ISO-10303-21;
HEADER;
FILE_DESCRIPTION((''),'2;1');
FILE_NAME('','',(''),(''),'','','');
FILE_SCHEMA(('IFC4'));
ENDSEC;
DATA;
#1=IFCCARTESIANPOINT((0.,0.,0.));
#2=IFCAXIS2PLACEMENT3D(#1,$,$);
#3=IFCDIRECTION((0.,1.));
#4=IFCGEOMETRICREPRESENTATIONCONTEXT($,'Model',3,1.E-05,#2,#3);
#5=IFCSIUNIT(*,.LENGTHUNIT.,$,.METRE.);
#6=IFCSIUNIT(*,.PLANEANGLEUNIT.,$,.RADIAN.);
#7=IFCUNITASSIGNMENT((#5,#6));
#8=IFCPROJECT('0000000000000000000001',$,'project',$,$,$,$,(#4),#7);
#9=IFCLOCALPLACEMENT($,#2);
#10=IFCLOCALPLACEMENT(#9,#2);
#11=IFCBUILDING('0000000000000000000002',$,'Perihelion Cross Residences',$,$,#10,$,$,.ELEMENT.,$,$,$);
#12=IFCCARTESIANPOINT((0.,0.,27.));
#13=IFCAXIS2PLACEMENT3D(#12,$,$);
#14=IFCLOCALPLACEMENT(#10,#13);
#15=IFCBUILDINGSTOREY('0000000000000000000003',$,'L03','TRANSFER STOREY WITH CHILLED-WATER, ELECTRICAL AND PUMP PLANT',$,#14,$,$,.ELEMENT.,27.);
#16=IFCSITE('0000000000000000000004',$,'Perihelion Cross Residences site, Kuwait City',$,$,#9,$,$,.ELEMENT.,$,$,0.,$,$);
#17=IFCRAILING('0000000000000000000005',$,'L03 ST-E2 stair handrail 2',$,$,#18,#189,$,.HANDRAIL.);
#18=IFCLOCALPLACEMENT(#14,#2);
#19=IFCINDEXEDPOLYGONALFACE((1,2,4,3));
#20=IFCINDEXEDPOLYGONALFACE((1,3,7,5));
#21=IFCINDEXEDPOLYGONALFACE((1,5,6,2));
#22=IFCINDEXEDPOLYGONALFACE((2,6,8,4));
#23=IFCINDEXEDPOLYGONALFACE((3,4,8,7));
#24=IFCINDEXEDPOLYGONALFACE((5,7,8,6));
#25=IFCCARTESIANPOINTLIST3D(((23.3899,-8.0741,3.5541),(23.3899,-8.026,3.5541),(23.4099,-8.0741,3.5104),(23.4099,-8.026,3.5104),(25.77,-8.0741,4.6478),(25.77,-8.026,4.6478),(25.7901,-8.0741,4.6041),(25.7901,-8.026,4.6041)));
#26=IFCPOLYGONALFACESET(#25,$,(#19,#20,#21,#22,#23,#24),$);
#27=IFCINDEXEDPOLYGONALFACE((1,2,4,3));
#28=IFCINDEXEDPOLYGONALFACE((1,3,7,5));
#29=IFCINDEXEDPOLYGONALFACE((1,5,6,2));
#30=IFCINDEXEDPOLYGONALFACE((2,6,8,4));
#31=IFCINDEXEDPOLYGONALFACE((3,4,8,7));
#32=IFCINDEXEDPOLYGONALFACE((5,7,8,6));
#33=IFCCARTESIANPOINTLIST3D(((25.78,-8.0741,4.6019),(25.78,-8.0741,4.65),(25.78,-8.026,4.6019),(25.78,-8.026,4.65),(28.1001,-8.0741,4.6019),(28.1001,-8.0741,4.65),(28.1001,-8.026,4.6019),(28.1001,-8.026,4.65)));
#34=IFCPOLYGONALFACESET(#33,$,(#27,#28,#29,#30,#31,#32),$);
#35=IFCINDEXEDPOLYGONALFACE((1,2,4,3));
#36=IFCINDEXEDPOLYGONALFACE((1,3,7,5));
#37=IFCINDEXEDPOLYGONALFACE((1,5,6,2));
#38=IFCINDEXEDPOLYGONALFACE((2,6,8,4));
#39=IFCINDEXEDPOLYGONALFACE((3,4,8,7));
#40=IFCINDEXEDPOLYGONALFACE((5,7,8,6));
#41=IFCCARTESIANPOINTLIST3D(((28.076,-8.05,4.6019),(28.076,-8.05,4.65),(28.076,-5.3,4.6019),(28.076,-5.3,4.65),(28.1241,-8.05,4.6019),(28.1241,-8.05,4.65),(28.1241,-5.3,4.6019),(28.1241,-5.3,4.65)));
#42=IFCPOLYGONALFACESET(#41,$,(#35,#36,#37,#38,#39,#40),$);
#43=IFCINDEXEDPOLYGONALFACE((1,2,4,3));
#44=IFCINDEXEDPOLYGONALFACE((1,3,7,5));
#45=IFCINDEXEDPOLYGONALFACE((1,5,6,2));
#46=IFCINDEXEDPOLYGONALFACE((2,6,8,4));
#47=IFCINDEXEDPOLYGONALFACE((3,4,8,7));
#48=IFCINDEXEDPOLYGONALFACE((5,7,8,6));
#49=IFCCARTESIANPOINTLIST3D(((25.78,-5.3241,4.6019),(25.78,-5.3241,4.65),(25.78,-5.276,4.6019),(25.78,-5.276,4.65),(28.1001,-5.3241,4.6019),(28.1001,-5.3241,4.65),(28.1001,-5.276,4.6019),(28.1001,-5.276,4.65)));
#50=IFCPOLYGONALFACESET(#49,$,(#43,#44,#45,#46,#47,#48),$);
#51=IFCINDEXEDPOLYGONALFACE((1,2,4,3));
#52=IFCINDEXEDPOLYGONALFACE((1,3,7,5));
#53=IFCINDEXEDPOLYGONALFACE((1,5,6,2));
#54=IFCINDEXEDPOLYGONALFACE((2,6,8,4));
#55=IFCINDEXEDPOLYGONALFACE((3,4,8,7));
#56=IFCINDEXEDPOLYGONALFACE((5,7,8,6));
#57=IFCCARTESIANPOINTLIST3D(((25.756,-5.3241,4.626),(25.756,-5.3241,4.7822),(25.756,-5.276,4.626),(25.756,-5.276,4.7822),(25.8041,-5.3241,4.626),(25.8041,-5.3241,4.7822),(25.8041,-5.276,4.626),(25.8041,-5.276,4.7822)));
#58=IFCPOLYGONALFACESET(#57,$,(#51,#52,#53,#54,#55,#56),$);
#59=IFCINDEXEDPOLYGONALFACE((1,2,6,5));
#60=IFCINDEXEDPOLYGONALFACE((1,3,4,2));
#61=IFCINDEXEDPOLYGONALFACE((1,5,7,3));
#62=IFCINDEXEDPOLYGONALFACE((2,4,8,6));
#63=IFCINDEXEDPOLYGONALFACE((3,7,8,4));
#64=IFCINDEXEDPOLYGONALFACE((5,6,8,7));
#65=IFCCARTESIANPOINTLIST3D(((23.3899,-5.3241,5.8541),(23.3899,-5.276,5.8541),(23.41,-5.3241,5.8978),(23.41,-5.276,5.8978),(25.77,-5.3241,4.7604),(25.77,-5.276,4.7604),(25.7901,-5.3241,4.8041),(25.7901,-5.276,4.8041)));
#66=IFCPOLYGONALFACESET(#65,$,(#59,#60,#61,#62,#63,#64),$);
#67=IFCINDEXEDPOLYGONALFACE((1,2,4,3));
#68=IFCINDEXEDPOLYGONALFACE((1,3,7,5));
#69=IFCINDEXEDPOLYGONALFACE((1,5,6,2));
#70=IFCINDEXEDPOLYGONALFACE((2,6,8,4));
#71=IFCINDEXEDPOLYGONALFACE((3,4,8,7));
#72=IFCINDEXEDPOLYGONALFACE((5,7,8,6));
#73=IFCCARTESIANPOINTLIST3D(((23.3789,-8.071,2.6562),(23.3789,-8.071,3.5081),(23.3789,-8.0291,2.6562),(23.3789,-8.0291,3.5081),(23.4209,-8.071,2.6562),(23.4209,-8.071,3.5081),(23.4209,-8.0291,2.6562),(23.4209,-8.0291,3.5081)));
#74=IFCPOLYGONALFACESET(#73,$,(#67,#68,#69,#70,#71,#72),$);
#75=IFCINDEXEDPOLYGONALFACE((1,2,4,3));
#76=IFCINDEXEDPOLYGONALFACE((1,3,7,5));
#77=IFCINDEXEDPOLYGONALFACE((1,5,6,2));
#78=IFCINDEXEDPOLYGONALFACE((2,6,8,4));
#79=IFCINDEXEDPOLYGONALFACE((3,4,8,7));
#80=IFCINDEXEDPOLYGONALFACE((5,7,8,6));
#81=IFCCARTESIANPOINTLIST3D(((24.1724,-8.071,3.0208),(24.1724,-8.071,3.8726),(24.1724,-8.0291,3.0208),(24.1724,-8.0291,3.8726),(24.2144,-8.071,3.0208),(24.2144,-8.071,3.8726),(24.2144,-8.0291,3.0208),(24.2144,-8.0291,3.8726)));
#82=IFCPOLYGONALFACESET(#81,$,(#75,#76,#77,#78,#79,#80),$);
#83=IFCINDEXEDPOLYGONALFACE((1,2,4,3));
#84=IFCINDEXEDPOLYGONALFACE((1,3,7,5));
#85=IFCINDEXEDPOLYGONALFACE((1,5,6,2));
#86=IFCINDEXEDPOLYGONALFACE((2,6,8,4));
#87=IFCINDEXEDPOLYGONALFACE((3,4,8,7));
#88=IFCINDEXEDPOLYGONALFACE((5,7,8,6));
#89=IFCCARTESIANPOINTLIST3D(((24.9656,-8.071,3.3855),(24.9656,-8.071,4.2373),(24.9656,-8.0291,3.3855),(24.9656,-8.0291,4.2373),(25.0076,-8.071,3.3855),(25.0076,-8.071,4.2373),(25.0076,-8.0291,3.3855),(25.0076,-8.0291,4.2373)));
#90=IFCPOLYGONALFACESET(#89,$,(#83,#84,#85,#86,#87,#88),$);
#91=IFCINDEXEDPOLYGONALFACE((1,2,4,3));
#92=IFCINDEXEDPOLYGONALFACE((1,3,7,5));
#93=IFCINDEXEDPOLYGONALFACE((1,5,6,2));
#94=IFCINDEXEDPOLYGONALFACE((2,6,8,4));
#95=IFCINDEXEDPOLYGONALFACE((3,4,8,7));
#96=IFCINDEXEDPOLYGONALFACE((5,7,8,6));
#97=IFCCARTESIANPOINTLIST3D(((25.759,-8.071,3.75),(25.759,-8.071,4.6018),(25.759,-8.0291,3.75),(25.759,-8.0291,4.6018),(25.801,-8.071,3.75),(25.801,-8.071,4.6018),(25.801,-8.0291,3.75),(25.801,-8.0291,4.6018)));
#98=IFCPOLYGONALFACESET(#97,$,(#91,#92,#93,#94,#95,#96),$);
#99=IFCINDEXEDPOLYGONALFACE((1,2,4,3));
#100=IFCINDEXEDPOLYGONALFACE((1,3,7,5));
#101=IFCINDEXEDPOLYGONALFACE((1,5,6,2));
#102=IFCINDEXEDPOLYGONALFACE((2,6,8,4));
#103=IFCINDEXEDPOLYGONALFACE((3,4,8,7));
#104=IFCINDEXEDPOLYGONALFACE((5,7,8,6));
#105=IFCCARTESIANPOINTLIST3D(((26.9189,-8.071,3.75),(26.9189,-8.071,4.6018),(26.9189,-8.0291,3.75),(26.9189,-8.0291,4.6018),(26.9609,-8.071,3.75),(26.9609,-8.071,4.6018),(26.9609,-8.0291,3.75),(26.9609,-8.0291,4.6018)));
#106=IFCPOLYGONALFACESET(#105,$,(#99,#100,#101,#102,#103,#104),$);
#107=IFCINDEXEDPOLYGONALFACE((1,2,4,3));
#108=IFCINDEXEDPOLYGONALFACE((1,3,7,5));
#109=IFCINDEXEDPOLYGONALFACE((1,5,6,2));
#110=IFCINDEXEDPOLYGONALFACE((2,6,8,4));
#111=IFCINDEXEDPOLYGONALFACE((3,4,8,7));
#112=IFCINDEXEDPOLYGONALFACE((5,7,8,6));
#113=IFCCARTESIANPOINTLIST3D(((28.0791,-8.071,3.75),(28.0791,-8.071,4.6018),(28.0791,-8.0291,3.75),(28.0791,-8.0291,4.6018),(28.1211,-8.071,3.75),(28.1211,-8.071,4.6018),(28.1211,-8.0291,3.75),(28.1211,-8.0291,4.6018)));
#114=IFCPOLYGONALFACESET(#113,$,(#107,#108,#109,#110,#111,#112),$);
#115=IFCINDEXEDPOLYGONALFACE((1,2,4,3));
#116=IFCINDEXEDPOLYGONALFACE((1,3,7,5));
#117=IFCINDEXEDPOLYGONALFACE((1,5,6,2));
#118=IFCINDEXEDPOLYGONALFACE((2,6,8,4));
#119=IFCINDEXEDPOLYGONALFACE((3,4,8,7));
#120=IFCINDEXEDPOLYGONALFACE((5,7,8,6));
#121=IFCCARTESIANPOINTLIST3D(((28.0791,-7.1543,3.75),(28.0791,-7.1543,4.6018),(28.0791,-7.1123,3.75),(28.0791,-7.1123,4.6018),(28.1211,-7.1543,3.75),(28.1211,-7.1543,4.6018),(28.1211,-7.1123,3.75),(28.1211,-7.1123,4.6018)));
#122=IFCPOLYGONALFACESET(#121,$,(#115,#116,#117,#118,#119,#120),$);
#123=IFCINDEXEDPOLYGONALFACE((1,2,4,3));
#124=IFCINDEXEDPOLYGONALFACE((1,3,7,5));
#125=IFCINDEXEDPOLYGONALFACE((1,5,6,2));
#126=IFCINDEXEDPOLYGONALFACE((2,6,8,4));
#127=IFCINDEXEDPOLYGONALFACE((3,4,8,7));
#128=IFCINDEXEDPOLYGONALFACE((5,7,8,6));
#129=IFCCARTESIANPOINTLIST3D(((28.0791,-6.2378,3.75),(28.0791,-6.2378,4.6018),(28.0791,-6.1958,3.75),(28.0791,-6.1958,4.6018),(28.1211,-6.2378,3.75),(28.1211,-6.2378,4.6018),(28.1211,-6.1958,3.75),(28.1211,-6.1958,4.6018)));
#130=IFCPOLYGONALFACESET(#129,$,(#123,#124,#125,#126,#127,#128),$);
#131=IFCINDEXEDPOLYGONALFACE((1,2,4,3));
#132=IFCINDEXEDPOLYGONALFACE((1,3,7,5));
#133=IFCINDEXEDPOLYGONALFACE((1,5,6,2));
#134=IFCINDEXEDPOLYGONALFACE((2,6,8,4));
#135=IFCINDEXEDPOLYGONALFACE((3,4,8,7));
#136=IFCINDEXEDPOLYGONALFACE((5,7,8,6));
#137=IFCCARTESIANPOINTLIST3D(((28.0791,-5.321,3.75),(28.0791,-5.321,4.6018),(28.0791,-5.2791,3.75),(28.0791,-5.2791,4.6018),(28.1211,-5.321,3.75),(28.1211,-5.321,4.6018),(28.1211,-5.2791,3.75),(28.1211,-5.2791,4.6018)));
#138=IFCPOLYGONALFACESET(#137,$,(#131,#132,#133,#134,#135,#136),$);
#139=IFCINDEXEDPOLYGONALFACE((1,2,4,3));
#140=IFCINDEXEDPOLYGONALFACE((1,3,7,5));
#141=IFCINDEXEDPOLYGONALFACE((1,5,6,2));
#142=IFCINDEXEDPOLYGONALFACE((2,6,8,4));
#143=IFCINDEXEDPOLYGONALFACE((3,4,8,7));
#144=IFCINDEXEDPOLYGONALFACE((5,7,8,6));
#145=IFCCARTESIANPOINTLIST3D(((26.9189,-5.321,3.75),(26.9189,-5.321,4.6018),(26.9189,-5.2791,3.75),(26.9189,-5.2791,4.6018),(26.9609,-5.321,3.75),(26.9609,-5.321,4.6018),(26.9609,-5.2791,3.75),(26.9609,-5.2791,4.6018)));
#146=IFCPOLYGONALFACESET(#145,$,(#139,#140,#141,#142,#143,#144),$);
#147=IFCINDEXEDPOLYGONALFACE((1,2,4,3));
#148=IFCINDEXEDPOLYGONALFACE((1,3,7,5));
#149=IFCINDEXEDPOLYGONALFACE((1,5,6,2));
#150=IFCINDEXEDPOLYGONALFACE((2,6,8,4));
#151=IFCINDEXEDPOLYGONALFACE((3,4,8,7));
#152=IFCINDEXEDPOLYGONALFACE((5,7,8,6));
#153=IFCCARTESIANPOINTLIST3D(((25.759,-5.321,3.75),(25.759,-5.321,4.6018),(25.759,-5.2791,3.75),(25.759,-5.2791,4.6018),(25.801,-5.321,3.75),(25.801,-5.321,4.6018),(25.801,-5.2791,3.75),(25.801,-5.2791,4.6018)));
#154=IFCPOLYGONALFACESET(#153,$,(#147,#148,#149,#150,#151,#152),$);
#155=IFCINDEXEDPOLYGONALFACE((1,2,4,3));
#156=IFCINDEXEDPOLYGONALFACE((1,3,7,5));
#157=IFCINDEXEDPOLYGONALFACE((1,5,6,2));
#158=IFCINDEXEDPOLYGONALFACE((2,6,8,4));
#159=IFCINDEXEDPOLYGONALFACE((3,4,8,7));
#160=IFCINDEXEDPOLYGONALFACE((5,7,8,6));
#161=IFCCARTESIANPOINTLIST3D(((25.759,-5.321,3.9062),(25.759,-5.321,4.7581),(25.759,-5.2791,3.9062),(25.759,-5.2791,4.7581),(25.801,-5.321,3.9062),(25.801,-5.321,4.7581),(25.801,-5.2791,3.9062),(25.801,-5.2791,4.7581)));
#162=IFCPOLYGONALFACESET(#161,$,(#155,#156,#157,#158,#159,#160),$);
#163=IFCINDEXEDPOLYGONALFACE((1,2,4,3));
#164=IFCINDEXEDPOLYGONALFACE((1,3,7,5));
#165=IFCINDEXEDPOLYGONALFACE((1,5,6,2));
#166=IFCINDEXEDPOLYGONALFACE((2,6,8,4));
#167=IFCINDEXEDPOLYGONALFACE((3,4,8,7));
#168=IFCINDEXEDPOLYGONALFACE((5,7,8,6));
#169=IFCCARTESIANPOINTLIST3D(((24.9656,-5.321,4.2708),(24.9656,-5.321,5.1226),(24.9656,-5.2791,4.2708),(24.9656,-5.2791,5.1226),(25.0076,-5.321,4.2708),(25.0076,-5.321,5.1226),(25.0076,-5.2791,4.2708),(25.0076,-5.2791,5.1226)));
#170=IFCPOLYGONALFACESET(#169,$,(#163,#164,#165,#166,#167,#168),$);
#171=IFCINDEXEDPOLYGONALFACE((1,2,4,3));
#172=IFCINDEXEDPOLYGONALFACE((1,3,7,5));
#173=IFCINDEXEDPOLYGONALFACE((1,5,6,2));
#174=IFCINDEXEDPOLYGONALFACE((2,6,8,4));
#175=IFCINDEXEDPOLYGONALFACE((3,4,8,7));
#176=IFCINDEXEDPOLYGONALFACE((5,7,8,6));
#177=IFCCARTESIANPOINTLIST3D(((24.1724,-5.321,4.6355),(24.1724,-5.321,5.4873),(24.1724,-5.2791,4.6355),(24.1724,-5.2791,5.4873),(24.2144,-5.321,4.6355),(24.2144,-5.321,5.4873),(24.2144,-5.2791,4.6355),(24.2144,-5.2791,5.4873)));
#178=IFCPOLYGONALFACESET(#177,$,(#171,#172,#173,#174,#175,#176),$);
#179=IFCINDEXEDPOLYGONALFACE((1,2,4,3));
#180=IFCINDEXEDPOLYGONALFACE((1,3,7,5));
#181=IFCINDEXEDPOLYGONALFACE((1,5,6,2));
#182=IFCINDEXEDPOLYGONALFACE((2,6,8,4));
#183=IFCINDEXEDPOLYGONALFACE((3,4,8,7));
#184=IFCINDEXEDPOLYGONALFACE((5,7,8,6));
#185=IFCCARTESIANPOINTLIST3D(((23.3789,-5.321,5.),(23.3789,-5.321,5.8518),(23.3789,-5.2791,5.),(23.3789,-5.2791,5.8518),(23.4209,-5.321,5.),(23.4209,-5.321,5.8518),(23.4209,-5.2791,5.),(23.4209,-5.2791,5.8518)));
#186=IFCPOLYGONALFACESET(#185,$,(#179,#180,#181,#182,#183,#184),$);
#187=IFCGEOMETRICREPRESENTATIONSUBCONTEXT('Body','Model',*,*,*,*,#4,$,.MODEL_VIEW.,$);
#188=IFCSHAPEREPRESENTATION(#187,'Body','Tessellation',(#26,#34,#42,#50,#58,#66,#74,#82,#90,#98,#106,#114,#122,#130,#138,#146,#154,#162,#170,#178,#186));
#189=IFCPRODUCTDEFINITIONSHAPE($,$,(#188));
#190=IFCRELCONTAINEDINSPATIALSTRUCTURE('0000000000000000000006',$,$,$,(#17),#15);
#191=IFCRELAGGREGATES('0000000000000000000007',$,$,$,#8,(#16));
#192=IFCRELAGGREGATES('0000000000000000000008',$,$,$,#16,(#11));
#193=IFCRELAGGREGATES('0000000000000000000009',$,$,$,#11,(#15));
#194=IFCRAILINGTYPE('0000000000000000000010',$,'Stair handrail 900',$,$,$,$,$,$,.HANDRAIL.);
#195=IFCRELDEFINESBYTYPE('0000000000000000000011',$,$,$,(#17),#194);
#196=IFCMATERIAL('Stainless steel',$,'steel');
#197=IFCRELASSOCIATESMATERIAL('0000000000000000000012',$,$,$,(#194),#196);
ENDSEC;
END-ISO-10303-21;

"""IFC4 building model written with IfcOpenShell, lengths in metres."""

from ifc_helpers import new_model, si_unit, direction, frame, origin, origin_2d, place, context, subcontext, project, spatial, rectangle, extrude, material, type_object, element, save


model = new_model("IFC4")

# Units and contexts
model_context = context("Model", 3, precision=1e-05, world=origin(), true_north=direction((0.0, 1.0)))
body_context = subcontext(model_context, "Body", "Model", "MODEL_VIEW")
ifc_project = project(units=[si_unit("LENGTHUNIT", "METRE"), si_unit("PLANEANGLEUNIT", "RADIAN")], contexts=[model_context])

# Site, building, storey
site_placement = place(None, origin())
site = spatial("IfcSite", under=ifc_project, at=site_placement, Name="Perihelion Cross Residences site, Kuwait City", CompositionType="ELEMENT", RefElevation=0.0)
building_placement = place(site_placement, origin())
building = spatial("IfcBuilding", under=site, at=building_placement, Name="Perihelion Cross Residences", CompositionType="ELEMENT")
storey_placement = place(building_placement, frame((0.0, 0.0, 27.0)))
storey = spatial("IfcBuildingStorey", under=building, at=storey_placement, Name="L03", Description="TRANSFER STOREY WITH CHILLED-WATER, ELECTRICAL AND PUMP PLANT", CompositionType="ELEMENT", Elevation=27.0)

# Railing
ifc_material_1 = material(Name="Stainless steel", Category="steel")
railing_type_1 = type_object("IfcRailingType", Name="Stair handrail 900", PredefinedType="HANDRAIL", material=ifc_material_1)
railing_1_placement = place(storey_placement, frame((23.3999, -8.05, 2.6562)))
element("IfcRailing", 1, at=railing_1_placement, inside=storey, type_object=railing_type_1, Name="L03 ST-E2 stair handrail 2", PredefinedType="HANDRAIL", context=body_context, shape_type="SweptSolid", body=[
    extrude(rectangle(XDim=0.0481, YDim=0.0481, at=origin_2d()), frame((0.0, 0.0, 0.876), z_axis=(0.908651, 0.0, 0.417556), x_axis=(0.0, 1.0, 0.0)), (0.0, 0.0, 1.0), 2.6194),
    extrude(rectangle(XDim=0.0481, YDim=0.0481, at=origin_2d()), frame((2.3801, 0.0, 1.9697), z_axis=(1.0, 0.0, 0.0), x_axis=(0.0, 1.0, 0.0)), (0.0, 0.0, 1.0), 2.3201),
    extrude(rectangle(XDim=0.0481, YDim=0.0481, at=origin_2d()), frame((4.7002, 0.0, 1.9697), z_axis=(0.0, 1.0, 0.0), x_axis=(-1.0, 0.0, 0.0)), (0.0, 0.0, 1.0), 2.75),
    extrude(rectangle(XDim=0.0481, YDim=0.0481, at=origin_2d()), frame((4.7002, 2.75, 1.9697), z_axis=(-1.0, 0.0, 0.0), x_axis=(0.0, -1.0, 0.0)), (0.0, 0.0, 1.0), 2.3201),
    extrude(rectangle(XDim=0.0481, YDim=0.0481, at=origin_2d()), frame((2.3801, 2.75, 1.9697), z_axis=(0.0, 0.0, 1.0), x_axis=(1.0, 0.0, 0.0)), (0.0, 0.0, 1.0), 0.1562),
    extrude(rectangle(XDim=0.0481, YDim=0.0481, at=origin_2d()), frame((2.3801, 2.75, 2.126), z_axis=(-0.908651, 0.0, 0.417556), x_axis=(0.0, -1.0, 0.0)), (0.0, 0.0, 1.0), 2.6194),
    extrude(rectangle(XDim=0.042, YDim=0.042, at=origin_2d()), origin(), (0.0, 0.0, 1.0), 0.8518),
    extrude(rectangle(XDim=0.042, YDim=0.042, at=origin_2d()), frame((0.7935, 0.0, 0.3645)), (0.0, 0.0, 1.0), 0.8518),
    extrude(rectangle(XDim=0.042, YDim=0.042, at=origin_2d()), frame((1.5867, 0.0, 0.7292)), (0.0, 0.0, 1.0), 0.8518),
    extrude(rectangle(XDim=0.042, YDim=0.042, at=origin_2d()), frame((2.3801, 0.0, 1.0938)), (0.0, 0.0, 1.0), 0.8518),
    extrude(rectangle(XDim=0.042, YDim=0.042, at=origin_2d()), frame((3.54, 0.0, 1.0938)), (0.0, 0.0, 1.0), 0.8518),
    extrude(rectangle(XDim=0.042, YDim=0.042, at=origin_2d()), frame((4.7002, 0.0, 1.0938)), (0.0, 0.0, 1.0), 0.8518),
    extrude(rectangle(XDim=0.042, YDim=0.042, at=origin_2d()), frame((4.7002, 0.9167, 1.0938)), (0.0, 0.0, 1.0), 0.8518),
    extrude(rectangle(XDim=0.042, YDim=0.042, at=origin_2d()), frame((4.7002, 1.8333, 1.0938)), (0.0, 0.0, 1.0), 0.8518),
    extrude(rectangle(XDim=0.042, YDim=0.042, at=origin_2d()), frame((4.7002, 2.75, 1.0938)), (0.0, 0.0, 1.0), 0.8518),
    extrude(rectangle(XDim=0.042, YDim=0.042, at=origin_2d()), frame((3.54, 2.75, 1.0938)), (0.0, 0.0, 1.0), 0.8518),
    extrude(rectangle(XDim=0.042, YDim=0.042, at=origin_2d()), frame((2.3801, 2.75, 1.0938)), (0.0, 0.0, 1.0), 0.8518),
    extrude(rectangle(XDim=0.042, YDim=0.042, at=origin_2d()), frame((2.3801, 2.75, 1.25)), (0.0, 0.0, 1.0), 0.8518),
    extrude(rectangle(XDim=0.042, YDim=0.042, at=origin_2d()), frame((1.5867, 2.75, 1.6145)), (0.0, 0.0, 1.0), 0.8518),
    extrude(rectangle(XDim=0.042, YDim=0.042, at=origin_2d()), frame((0.7935, 2.75, 1.9792)), (0.0, 0.0, 1.0), 0.8518),
    extrude(rectangle(XDim=0.042, YDim=0.042, at=origin_2d()), frame((0.0, 2.75, 2.3438)), (0.0, 0.0, 1.0), 0.8518),
])

save(model, "model.ifc")
